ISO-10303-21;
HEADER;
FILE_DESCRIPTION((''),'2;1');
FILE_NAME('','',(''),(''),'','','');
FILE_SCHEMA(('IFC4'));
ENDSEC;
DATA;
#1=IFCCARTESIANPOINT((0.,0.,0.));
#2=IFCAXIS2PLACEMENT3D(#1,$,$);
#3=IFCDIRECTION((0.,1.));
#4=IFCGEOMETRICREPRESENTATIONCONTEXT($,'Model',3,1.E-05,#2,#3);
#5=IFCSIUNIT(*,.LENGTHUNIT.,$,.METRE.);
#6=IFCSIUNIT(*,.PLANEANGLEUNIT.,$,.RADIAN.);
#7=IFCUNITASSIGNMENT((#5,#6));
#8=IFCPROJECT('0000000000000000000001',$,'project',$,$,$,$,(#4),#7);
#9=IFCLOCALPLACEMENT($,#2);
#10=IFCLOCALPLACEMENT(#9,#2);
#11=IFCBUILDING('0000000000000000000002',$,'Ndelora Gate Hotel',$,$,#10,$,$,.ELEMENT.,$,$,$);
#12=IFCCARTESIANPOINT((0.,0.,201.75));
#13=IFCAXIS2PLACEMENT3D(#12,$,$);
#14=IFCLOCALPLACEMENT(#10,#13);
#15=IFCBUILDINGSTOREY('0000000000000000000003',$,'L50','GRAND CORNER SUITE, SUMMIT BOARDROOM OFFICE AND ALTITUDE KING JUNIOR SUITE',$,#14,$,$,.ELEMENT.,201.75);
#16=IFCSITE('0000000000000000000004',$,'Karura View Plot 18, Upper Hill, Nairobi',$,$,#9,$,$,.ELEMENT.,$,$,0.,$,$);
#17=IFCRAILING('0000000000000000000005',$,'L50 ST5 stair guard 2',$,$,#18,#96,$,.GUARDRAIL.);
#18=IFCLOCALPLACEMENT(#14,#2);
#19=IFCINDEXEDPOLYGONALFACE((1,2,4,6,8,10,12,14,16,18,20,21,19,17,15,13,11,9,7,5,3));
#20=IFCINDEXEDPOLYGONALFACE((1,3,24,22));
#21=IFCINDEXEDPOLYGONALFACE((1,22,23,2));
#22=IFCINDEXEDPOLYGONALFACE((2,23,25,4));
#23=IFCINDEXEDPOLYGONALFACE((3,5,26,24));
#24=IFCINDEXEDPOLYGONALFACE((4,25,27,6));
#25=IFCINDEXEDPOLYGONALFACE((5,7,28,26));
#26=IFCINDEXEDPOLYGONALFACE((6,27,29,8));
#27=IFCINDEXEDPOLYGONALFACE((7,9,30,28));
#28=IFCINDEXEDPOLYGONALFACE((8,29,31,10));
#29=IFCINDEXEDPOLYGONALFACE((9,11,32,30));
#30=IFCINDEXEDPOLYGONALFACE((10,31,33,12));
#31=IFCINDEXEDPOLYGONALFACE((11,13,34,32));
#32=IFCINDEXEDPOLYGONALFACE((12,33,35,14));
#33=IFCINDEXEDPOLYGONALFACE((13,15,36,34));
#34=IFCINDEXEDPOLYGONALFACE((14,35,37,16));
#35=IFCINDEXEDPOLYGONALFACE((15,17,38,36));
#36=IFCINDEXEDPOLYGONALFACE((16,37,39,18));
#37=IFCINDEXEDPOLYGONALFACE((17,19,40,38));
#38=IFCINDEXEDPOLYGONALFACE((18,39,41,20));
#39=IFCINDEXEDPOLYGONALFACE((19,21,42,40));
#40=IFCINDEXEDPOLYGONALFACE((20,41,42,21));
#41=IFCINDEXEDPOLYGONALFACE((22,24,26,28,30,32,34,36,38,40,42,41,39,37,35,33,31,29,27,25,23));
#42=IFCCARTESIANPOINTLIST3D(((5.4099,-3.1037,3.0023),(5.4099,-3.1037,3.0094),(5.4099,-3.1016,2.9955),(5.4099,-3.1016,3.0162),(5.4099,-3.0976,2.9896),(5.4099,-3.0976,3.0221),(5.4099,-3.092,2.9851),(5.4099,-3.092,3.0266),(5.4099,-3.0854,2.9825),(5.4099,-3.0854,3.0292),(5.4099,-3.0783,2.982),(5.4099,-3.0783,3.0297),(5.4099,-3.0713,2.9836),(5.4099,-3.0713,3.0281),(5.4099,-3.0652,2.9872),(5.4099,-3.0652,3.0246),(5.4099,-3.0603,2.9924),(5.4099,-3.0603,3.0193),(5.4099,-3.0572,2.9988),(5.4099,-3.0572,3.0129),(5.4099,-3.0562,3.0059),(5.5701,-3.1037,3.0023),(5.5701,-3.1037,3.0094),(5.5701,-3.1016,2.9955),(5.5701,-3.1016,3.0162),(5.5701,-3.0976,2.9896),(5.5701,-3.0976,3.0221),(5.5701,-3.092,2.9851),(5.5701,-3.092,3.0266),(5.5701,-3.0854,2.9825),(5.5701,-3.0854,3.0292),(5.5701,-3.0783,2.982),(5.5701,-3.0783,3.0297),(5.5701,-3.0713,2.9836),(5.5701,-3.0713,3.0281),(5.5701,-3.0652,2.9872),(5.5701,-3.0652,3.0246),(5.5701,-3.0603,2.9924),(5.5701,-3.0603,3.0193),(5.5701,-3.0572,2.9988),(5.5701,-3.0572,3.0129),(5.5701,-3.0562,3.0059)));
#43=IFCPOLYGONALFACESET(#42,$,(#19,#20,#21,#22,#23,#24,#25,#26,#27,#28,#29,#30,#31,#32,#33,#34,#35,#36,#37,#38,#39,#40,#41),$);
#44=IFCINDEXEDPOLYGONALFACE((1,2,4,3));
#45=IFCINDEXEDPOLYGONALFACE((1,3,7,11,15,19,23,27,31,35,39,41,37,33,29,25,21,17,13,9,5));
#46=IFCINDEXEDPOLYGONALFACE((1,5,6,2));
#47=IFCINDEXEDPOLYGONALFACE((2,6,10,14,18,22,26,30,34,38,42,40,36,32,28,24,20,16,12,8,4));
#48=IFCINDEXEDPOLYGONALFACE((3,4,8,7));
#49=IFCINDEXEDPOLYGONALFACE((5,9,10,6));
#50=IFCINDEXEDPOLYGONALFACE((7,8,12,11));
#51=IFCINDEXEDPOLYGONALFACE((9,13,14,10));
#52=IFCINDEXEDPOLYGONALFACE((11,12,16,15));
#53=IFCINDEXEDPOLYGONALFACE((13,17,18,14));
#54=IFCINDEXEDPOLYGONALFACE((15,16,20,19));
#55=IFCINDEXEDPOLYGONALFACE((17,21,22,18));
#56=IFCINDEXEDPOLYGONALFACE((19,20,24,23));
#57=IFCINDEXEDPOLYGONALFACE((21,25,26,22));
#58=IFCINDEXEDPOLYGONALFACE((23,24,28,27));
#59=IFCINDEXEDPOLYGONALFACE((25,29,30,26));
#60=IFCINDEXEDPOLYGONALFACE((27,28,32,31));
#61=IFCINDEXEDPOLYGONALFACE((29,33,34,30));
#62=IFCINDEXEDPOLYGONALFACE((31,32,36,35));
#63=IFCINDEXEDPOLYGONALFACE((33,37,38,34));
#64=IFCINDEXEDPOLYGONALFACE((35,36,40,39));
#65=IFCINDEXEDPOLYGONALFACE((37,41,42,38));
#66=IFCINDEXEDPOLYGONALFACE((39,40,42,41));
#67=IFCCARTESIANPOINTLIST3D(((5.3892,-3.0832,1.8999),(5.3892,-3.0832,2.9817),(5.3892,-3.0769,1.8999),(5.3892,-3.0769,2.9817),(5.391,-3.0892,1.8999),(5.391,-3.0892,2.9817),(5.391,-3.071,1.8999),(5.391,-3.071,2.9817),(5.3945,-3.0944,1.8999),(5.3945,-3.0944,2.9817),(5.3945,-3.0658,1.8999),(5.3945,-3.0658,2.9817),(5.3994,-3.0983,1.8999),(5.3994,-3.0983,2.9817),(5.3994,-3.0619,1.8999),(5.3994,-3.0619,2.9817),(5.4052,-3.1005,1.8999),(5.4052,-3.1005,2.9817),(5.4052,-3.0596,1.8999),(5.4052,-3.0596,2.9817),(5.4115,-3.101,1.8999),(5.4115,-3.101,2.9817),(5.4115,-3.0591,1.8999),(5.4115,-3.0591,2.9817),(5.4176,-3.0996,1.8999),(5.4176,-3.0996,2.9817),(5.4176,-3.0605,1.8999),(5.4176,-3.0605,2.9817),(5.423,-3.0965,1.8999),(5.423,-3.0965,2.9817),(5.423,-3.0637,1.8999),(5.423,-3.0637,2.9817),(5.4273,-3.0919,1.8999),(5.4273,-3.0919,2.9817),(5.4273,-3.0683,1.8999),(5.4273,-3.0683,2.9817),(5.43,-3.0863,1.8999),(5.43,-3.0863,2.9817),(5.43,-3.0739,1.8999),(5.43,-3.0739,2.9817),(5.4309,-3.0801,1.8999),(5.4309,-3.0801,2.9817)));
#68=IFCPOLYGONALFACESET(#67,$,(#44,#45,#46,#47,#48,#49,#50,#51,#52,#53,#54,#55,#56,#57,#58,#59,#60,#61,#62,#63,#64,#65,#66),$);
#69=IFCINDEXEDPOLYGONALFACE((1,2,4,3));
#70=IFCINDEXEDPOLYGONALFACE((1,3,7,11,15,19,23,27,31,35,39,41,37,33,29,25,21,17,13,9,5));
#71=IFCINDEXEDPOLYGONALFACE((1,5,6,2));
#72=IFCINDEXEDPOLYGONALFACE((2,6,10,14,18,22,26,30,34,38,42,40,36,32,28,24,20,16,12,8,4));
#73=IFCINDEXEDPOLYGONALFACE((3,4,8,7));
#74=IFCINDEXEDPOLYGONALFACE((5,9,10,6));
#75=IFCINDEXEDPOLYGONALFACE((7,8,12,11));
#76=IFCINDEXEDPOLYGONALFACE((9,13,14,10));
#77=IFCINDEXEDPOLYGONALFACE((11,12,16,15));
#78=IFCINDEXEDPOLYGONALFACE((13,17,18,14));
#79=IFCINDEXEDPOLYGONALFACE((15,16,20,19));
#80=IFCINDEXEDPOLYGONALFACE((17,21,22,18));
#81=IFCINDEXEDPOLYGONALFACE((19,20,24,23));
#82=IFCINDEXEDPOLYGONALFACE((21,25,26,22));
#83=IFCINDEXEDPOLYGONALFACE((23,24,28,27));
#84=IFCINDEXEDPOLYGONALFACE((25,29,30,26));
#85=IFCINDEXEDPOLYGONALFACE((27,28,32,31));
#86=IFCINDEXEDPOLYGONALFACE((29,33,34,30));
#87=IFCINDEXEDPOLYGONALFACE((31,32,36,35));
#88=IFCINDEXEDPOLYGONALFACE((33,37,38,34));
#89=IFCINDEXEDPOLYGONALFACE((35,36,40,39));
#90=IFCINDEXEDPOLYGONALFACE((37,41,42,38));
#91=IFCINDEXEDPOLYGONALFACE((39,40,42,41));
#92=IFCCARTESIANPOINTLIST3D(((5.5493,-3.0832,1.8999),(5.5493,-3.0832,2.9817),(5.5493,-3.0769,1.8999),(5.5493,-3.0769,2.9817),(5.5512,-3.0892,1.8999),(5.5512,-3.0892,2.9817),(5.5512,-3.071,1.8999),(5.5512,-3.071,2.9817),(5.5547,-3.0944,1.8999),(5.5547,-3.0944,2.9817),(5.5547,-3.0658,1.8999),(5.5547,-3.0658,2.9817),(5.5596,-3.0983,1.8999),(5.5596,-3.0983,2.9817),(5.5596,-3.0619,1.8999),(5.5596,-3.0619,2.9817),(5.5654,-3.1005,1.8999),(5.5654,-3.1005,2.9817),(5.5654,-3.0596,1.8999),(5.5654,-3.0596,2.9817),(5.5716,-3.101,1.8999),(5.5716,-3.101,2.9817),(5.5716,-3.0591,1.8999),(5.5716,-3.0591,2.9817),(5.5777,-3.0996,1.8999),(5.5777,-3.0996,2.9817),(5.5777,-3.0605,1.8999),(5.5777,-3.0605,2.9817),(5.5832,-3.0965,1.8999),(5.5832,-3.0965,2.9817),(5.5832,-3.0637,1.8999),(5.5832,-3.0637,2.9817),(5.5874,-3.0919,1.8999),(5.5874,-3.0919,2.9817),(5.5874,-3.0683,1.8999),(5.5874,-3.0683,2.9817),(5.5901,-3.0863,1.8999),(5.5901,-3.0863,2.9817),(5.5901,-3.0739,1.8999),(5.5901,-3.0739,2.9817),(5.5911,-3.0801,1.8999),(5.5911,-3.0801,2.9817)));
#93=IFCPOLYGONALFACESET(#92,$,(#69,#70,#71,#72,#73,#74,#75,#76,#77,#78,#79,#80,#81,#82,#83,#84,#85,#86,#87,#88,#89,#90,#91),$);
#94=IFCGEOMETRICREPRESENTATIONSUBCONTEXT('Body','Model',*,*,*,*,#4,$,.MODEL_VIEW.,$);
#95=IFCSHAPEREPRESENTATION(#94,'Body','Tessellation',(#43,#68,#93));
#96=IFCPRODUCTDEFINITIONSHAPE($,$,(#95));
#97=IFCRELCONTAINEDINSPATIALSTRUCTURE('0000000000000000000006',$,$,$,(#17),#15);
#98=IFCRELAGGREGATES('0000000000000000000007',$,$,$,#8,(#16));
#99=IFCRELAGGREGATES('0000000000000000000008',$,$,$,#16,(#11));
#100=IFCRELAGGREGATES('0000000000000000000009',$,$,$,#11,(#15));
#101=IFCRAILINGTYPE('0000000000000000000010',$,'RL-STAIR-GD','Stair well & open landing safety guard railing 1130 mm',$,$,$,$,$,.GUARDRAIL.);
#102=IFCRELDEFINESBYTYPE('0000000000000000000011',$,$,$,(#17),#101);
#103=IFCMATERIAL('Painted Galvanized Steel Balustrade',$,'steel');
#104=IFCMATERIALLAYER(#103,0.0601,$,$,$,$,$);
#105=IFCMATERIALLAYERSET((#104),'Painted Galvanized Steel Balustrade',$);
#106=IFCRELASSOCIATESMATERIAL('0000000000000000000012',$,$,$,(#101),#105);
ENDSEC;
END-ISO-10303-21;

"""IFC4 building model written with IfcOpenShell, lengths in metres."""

from ifc_helpers import new_model, si_unit, direction, frame, origin, origin_2d, place, context, subcontext, project, spatial, circle, extrude, material, layer, layer_set, type_object, element, save


model = new_model("IFC4")

# Units and contexts
model_context = context("Model", 3, precision=1e-05, world=origin(), true_north=direction((0.0, 1.0)))
body_context = subcontext(model_context, "Body", "Model", "MODEL_VIEW")
ifc_project = project(units=[si_unit("LENGTHUNIT", "METRE"), si_unit("PLANEANGLEUNIT", "RADIAN")], contexts=[model_context])

# Site, building, storey
site_placement = place(None, origin())
site = spatial("IfcSite", under=ifc_project, at=site_placement, Name="Karura View Plot 18, Upper Hill, Nairobi", CompositionType="ELEMENT", RefElevation=0.0)
building_placement = place(site_placement, origin())
building = spatial("IfcBuilding", under=site, at=building_placement, Name="Ndelora Gate Hotel", CompositionType="ELEMENT")
storey_placement = place(building_placement, frame((0.0, 0.0, 201.75)))
storey = spatial("IfcBuildingStorey", under=building, at=storey_placement, Name="L50", Description="GRAND CORNER SUITE, SUMMIT BOARDROOM OFFICE AND ALTITUDE KING JUNIOR SUITE", CompositionType="ELEMENT", Elevation=201.75)

# Railing
ifc_material_1 = material(Name="Painted Galvanized Steel Balustrade", Category="steel")
ifc_layer_1 = layer(ifc_material_1, 0.0601)
ifc_layer_set_1 = layer_set([ifc_layer_1], Name="Painted Galvanized Steel Balustrade")
railing_type_1 = type_object("IfcRailingType", Name="RL-STAIR-GD", Description="Stair well & open landing safety guard railing 1130 mm", PredefinedType="GUARDRAIL", material=ifc_layer_set_1)
railing_1_placement = place(storey_placement, frame((5.4099, -3.0801, 1.8999)))
element("IfcRailing", 1, at=railing_1_placement, inside=storey, type_object=railing_type_1, Name="L50 ST5 stair guard 2", PredefinedType="GUARDRAIL", context=body_context, shape_type="SweptSolid", body=[
    extrude(circle(Radius=0.0239, at=origin_2d()), frame((0.0, 0.0, 1.106), z_axis=(1.0, 0.0, 0.0), x_axis=(0.0, 1.0, 0.0)), (0.0, 0.0, 1.0), 0.1602),
    extrude(circle(Radius=0.021, at=origin_2d()), origin(), (0.0, 0.0, 1.0), 1.0818),
    extrude(circle(Radius=0.021, at=origin_2d()), frame((0.1602, 0.0, 0.0)), (0.0, 0.0, 1.0), 1.0818),
])

save(model, "model.ifc")
